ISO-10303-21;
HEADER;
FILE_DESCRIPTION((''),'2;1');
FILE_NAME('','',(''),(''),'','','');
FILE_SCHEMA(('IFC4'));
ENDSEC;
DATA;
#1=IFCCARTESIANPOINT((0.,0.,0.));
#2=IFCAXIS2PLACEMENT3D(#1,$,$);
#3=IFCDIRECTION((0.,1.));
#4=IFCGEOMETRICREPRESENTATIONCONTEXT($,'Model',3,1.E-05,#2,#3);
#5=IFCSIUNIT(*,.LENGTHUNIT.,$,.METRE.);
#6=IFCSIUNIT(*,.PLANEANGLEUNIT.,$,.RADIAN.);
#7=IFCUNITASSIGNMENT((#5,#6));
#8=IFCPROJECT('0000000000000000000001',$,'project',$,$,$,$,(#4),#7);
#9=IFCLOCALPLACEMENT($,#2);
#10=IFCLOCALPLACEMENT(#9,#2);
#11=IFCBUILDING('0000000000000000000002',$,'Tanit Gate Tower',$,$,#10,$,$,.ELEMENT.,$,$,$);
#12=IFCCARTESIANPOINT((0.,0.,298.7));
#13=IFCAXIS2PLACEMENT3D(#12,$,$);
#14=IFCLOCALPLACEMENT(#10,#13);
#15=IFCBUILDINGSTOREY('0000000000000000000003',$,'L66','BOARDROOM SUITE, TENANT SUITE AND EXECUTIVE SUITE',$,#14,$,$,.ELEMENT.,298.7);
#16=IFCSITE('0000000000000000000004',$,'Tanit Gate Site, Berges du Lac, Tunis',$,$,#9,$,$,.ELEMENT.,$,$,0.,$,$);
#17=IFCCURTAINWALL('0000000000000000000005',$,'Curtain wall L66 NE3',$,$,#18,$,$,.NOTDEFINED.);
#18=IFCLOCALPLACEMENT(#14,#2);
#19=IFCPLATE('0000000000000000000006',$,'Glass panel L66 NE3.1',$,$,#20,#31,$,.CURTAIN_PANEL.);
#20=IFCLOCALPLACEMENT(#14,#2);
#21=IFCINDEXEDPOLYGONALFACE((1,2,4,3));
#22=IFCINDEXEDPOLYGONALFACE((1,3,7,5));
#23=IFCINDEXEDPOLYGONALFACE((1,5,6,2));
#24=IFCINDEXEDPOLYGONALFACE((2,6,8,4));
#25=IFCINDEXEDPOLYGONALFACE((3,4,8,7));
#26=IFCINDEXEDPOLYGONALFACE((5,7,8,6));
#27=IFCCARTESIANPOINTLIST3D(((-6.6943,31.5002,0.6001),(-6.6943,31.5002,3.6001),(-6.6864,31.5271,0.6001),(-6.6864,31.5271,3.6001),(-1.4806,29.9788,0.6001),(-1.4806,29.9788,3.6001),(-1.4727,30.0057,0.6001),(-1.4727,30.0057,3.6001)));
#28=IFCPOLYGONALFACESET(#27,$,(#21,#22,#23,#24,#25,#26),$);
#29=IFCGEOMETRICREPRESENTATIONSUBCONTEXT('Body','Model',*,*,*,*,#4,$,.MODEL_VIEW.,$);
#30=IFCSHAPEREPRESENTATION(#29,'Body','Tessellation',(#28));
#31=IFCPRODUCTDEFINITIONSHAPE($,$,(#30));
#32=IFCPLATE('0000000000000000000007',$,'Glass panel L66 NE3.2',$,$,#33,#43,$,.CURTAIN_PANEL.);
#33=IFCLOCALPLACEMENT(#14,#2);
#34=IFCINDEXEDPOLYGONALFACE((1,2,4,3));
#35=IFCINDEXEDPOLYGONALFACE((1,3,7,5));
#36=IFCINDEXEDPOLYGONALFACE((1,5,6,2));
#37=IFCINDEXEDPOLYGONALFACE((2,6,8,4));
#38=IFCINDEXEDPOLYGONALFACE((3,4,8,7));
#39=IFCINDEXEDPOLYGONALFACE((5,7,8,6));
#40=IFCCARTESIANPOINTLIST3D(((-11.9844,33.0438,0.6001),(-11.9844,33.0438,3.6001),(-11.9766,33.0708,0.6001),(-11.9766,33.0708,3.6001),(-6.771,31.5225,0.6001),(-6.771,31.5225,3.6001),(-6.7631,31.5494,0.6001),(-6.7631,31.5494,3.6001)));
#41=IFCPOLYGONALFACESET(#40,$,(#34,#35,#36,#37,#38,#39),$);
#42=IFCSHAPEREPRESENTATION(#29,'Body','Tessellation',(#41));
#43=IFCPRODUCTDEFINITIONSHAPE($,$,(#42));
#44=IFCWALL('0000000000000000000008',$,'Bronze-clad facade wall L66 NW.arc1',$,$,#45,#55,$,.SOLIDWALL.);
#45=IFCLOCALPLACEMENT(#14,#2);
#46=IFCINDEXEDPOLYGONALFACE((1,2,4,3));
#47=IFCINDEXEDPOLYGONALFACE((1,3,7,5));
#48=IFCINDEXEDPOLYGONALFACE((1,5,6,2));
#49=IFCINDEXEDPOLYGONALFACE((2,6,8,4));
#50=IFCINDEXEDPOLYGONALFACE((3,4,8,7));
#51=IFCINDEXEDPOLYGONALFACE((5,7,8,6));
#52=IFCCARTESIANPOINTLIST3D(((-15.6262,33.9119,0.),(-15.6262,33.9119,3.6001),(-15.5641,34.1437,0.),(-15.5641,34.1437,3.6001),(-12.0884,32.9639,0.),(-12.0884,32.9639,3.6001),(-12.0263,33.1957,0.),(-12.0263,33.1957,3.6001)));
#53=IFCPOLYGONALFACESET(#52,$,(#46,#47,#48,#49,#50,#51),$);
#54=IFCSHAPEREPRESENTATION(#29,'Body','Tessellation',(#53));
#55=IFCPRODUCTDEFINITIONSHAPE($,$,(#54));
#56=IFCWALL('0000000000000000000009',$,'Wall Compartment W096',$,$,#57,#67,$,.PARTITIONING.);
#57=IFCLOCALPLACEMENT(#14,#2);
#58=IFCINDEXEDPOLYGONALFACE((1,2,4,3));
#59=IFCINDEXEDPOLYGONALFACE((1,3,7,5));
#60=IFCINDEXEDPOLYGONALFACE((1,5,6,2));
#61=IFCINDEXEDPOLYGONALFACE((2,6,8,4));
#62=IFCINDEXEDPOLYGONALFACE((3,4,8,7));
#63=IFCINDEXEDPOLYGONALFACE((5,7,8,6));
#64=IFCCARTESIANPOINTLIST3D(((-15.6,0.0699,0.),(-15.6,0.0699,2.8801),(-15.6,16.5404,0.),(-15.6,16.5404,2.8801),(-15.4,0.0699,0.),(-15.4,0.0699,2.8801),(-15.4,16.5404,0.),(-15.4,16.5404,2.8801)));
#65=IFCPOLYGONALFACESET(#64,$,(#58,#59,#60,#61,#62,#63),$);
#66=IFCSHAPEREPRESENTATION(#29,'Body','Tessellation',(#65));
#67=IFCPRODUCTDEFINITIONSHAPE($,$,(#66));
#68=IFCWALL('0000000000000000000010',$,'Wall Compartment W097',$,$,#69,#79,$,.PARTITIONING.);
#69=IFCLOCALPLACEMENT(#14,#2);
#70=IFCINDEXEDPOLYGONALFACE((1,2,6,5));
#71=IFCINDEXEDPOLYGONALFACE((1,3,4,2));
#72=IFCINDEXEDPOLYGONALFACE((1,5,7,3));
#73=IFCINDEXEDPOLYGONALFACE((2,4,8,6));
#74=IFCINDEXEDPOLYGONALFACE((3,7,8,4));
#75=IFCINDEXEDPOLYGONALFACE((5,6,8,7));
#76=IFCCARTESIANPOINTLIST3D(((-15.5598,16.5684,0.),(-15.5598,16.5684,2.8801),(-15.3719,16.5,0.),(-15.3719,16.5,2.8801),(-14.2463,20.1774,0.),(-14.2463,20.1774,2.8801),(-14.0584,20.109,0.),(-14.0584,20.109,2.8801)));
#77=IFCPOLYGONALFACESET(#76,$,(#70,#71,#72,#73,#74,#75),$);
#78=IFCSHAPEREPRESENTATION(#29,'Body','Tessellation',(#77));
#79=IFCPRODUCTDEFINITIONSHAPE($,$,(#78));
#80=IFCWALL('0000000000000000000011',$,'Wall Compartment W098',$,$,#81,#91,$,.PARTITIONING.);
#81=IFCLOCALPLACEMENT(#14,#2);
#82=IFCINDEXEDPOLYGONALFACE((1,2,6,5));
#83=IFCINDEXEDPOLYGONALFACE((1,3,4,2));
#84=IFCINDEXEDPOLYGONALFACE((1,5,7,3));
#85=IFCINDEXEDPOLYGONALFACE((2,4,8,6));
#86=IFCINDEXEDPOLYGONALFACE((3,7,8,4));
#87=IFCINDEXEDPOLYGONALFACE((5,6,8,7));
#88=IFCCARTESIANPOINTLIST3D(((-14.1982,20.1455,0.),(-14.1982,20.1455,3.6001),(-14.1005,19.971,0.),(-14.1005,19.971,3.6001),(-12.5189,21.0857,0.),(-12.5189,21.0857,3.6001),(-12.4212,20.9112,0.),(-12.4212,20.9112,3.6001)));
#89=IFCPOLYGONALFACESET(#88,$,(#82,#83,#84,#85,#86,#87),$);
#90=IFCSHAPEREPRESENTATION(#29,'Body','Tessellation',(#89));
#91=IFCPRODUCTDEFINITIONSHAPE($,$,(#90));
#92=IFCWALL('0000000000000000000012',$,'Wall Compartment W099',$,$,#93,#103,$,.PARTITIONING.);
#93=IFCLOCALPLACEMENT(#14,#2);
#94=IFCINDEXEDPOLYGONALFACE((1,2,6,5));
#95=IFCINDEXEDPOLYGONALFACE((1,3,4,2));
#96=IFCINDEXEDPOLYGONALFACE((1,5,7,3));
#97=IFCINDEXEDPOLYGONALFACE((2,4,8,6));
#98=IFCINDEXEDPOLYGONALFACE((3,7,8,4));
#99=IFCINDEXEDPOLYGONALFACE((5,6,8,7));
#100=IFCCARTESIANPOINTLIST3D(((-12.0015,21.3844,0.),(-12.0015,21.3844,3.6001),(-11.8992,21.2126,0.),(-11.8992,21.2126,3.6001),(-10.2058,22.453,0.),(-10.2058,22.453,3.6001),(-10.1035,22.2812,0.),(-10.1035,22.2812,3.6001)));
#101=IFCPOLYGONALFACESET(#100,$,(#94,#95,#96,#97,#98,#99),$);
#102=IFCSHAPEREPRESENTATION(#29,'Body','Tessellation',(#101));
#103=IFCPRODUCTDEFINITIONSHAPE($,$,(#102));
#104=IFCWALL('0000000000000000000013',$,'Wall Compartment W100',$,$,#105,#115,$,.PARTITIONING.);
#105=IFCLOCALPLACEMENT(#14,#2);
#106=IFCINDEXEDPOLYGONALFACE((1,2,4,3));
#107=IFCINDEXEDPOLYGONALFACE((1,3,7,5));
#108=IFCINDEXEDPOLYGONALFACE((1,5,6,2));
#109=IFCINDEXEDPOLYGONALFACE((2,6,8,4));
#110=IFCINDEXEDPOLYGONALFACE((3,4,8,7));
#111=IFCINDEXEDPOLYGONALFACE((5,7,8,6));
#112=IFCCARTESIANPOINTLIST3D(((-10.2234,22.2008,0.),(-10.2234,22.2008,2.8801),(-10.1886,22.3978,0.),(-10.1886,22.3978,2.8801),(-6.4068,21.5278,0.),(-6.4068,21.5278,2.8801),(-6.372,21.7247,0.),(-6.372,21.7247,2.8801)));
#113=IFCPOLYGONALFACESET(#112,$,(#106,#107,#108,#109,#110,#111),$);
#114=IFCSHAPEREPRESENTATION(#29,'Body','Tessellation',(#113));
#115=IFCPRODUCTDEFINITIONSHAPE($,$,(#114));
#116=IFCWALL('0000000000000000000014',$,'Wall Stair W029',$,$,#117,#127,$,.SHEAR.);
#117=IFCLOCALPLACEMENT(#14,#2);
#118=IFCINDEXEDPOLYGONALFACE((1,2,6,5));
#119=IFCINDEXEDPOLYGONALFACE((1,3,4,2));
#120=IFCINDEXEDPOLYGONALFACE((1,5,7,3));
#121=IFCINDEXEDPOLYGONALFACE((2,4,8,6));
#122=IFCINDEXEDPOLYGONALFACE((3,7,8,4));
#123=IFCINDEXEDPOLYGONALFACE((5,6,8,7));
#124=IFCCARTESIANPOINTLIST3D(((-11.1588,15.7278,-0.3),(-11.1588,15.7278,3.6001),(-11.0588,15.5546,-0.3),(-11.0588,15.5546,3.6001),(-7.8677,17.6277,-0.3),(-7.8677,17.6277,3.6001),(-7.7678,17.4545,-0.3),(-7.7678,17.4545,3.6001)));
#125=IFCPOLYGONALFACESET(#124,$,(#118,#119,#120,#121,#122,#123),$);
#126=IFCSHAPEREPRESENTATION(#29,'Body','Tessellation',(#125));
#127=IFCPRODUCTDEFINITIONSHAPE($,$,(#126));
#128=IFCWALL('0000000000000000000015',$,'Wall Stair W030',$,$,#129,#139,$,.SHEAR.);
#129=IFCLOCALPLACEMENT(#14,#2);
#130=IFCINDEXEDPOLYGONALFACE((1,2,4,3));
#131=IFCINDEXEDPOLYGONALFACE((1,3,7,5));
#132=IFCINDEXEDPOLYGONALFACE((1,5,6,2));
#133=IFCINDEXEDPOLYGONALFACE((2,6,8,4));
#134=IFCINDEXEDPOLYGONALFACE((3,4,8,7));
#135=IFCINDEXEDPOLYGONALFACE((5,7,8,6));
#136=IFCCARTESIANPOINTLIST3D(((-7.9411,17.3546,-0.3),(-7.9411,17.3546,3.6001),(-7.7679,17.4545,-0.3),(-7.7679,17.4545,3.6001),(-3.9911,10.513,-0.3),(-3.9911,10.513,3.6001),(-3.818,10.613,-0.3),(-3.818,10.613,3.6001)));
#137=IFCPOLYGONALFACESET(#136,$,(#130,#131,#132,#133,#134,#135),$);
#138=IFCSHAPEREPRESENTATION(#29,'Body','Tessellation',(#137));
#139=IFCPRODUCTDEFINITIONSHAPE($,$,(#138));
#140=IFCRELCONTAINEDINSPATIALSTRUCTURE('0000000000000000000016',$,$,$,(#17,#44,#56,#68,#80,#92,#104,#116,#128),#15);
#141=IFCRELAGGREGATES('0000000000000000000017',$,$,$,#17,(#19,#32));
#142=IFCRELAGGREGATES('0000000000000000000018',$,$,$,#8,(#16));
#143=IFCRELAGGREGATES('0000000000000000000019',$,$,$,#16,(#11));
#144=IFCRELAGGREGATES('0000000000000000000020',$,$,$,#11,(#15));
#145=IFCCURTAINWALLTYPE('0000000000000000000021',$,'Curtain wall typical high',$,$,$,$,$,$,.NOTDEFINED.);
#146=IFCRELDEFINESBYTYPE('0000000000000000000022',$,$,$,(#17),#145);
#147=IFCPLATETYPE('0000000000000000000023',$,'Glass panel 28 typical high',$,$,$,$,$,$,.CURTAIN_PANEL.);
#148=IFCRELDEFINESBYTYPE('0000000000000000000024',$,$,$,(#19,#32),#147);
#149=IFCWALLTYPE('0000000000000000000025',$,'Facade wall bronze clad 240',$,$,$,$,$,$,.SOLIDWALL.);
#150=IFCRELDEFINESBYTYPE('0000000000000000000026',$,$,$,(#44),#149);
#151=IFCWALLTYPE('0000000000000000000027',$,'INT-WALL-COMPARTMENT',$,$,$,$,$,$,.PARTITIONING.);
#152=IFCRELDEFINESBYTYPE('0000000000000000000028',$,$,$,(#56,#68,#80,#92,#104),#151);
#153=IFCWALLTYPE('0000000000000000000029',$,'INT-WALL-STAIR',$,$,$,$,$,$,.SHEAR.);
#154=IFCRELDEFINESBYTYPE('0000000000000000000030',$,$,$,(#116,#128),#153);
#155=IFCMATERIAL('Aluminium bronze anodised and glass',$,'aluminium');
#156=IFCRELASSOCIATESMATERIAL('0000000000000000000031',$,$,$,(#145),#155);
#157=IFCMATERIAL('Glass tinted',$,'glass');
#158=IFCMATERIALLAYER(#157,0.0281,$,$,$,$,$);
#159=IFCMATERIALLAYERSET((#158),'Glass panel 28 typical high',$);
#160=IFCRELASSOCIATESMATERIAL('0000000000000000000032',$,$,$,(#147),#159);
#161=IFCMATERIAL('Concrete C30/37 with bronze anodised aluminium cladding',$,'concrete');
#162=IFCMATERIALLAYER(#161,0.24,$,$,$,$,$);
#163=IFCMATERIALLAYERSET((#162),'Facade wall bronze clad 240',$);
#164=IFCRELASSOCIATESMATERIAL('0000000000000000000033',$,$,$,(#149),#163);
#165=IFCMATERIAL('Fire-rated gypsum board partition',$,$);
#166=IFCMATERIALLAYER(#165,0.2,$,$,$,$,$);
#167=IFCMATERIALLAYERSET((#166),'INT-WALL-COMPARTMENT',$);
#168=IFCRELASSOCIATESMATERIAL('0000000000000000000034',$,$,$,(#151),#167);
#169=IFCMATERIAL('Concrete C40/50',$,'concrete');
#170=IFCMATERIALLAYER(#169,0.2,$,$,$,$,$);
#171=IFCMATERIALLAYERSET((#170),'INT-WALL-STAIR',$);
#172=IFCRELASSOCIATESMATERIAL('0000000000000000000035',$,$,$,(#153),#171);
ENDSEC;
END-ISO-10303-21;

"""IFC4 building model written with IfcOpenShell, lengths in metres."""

from ifc_helpers import new_model, si_unit, direction, frame, frame_2d, origin, origin_2d, place, context, subcontext, project, spatial, rectangle, extrude, material, layer, layer_set, type_object, element, aggregate, save


model = new_model("IFC4")

# Units and contexts
model_context = context("Model", 3, precision=1e-05, world=origin(), true_north=direction((0.0, 1.0)))
body_context = subcontext(model_context, "Body", "Model", "MODEL_VIEW")
ifc_project = project(units=[si_unit("LENGTHUNIT", "METRE"), si_unit("PLANEANGLEUNIT", "RADIAN")], contexts=[model_context])

# Site, building, storey
site_placement = place(None, origin())
site = spatial("IfcSite", under=ifc_project, at=site_placement, Name="Tanit Gate Site, Berges du Lac, Tunis", CompositionType="ELEMENT", RefElevation=0.0)
building_placement = place(site_placement, origin())
building = spatial("IfcBuilding", under=site, at=building_placement, Name="Tanit Gate Tower", CompositionType="ELEMENT")
storey_placement = place(building_placement, frame((0.0, 0.0, 298.7)))
storey = spatial("IfcBuildingStorey", under=building, at=storey_placement, Name="L66", Description="BOARDROOM SUITE, TENANT SUITE AND EXECUTIVE SUITE", CompositionType="ELEMENT", Elevation=298.7)

# Curtain wall
ifc_material_1 = material(Name="Aluminium bronze anodised and glass", Category="aluminium")
curtain_wall_type = type_object("IfcCurtainWallType", Name="Curtain wall typical high", PredefinedType="NOTDEFINED", material=ifc_material_1)
curtain_wall_placement = place(storey_placement, origin())
curtain_wall = element("IfcCurtainWall", 1, at=curtain_wall_placement, inside=storey, type_object=curtain_wall_type, Name="Curtain wall L66 NE3", PredefinedType="NOTDEFINED")

# Plates
ifc_material_2 = material(Name="Glass tinted", Category="glass")
ifc_layer_1 = layer(ifc_material_2, 0.0281)
ifc_layer_set_1 = layer_set([ifc_layer_1], Name="Glass panel 28 typical high")
plate_type = type_object("IfcPlateType", Name="Glass panel 28 typical high", PredefinedType="CURTAIN_PANEL", material=ifc_layer_set_1)
plate_1_placement = place(storey_placement, frame((-4.0835, 30.7529, 0.6001), z_axis=(0.0, 0.0, 1.0), x_axis=(-0.959964, 0.280124, 0.0)))
plate_1 = element("IfcPlate", 2, at=plate_1_placement, type_object=plate_type, Name="Glass panel L66 NE3.1", PredefinedType="CURTAIN_PANEL", context=body_context, shape_type="SweptSolid", body=[
    extrude(rectangle(XDim=5.4312, YDim=0.0281, at=origin_2d()), origin(), (0.0, 0.0, 1.0), 3.0),
])
plate_2_placement = place(storey_placement, frame((-9.3738, 32.2966, 0.6001), z_axis=(0.0, 0.0, 1.0), x_axis=(-0.959964, 0.280124, 0.0)))
plate_2 = element("IfcPlate", 3, at=plate_2_placement, type_object=plate_type, Name="Glass panel L66 NE3.2", PredefinedType="CURTAIN_PANEL", context=body_context, shape_type="SweptSolid", body=[
    extrude(rectangle(XDim=5.4309, YDim=0.0281, at=origin_2d()), origin(), (0.0, 0.0, 1.0), 3.0),
])
aggregate(curtain_wall, [plate_1, plate_2])

# Walls
ifc_material_3 = material(Name="Concrete C30/37 with bronze anodised aluminium cladding", Category="concrete")
ifc_layer_2 = layer(ifc_material_3, 0.24)
ifc_layer_set_2 = layer_set([ifc_layer_2], Name="Facade wall bronze clad 240")
wall_type_1 = type_object("IfcWallType", Name="Facade wall bronze clad 240", PredefinedType="SOLIDWALL", material=ifc_layer_set_2)
wall_1_placement = place(storey_placement, frame((-12.0574, 33.0798, 0.0), z_axis=(0.0, 0.0, 1.0), x_axis=(-0.965923, 0.258828, 0.0)))
element("IfcWall", 4, at=wall_1_placement, inside=storey, type_object=wall_type_1, Name="Bronze-clad facade wall L66 NW.arc1", PredefinedType="SOLIDWALL", context=body_context, shape_type="SweptSolid", body=[
    extrude(rectangle(XDim=3.6626, YDim=0.24, at=frame_2d((1.8313, 0.0))), origin(), (0.0, 0.0, 1.0), 3.6001),
])
ifc_material_4 = material(Name="Fire-rated gypsum board partition")
ifc_layer_3 = layer(ifc_material_4, 0.2)
ifc_layer_set_3 = layer_set([ifc_layer_3], Name="INT-WALL-COMPARTMENT")
wall_type_2 = type_object("IfcWallType", Name="INT-WALL-COMPARTMENT", PredefinedType="PARTITIONING", material=ifc_layer_set_3)
wall_2_placement = place(storey_placement, frame((-15.5, 16.5405, 0.0), z_axis=(0.0, 0.0, 1.0), x_axis=(0.0, -1.0, 0.0)))
element("IfcWall", 5, at=wall_2_placement, inside=storey, type_object=wall_type_2, Name="Wall Compartment W096", PredefinedType="PARTITIONING", context=body_context, shape_type="SweptSolid", body=[
    extrude(rectangle(XDim=16.4705, YDim=0.2, at=frame_2d((8.2354, 0.0))), origin(), (0.0, 0.0, 1.0), 2.8801),
])
wall_3_placement = place(storey_placement, frame((-14.1523, 20.1433, 0.0), z_axis=(0.0, 0.0, 1.0), x_axis=(-0.342008, -0.939697, 0.0)))
element("IfcWall", 6, at=wall_3_placement, inside=storey, type_object=wall_type_2, Name="Wall Compartment W097", PredefinedType="PARTITIONING", context=body_context, shape_type="SweptSolid", body=[
    extrude(rectangle(XDim=3.8406, YDim=0.2, at=frame_2d((1.9204, 0.0))), origin(), (0.0, 0.0, 1.0), 2.8801),
])
wall_4_placement = place(storey_placement, frame((-12.47, 20.9985, 0.0), z_axis=(0.0, 0.0, 1.0), x_axis=(-0.872543, -0.488538, 0.0)))
element("IfcWall", 7, at=wall_4_placement, inside=storey, type_object=wall_type_2, Name="Wall Compartment W098", PredefinedType="PARTITIONING", context=body_context, shape_type="SweptSolid", body=[
    extrude(rectangle(XDim=1.9246, YDim=0.2, at=frame_2d((0.9624, 0.0))), origin(), (0.0, 0.0, 1.0), 3.6001),
])
wall_5_placement = place(storey_placement, frame((-10.1545, 22.3672, 0.0), z_axis=(0.0, 0.0, 1.0), x_axis=(-0.859343, -0.5114, 0.0)))
element("IfcWall", 8, at=wall_5_placement, inside=storey, type_object=wall_type_2, Name="Wall Compartment W099", PredefinedType="PARTITIONING", context=body_context, shape_type="SweptSolid", body=[
    extrude(rectangle(XDim=2.0896, YDim=0.2, at=frame_2d((1.0449, 0.0))), origin(), (0.0, 0.0, 1.0), 3.6001),
])
wall_6_placement = place(storey_placement, frame((-6.3894, 21.6262, 0.0), z_axis=(0.0, 0.0, 1.0), x_axis=(-0.984803, 0.173678, 0.0)))
element("IfcWall", 9, at=wall_6_placement, inside=storey, type_object=wall_type_2, Name="Wall Compartment W100", PredefinedType="PARTITIONING", context=body_context, shape_type="SweptSolid", body=[
    extrude(rectangle(XDim=3.8755, YDim=0.2, at=frame_2d((1.9377, 0.0))), origin(), (0.0, 0.0, 1.0), 2.8801),
])
ifc_material_5 = material(Name="Concrete C40/50", Category="concrete")
ifc_layer_4 = layer(ifc_material_5, 0.2)
ifc_layer_set_4 = layer_set([ifc_layer_4], Name="INT-WALL-STAIR")
wall_type_3 = type_object("IfcWallType", Name="INT-WALL-STAIR", PredefinedType="SHEAR", material=ifc_layer_set_4)
wall_7_placement = place(storey_placement, frame((-7.8179, 17.541, -0.3), z_axis=(0.0, 0.0, 1.0), x_axis=(-0.866044, -0.499967, 0.0)))
element("IfcWall", 10, at=wall_7_placement, inside=storey, type_object=wall_type_3, Name="Wall Stair W029", PredefinedType="SHEAR", context=body_context, shape_type="SweptSolid", body=[
    extrude(rectangle(XDim=3.8, YDim=0.2, at=frame_2d((1.8999, 0.0))), origin(), (0.0, 0.0, 1.0), 3.9001),
])
wall_8_placement = place(storey_placement, frame((-7.8545, 17.4045, -0.3), z_axis=(0.0, 0.0, 1.0), x_axis=(0.499998, -0.866027, 0.0)))
element("IfcWall", 11, at=wall_8_placement, inside=storey, type_object=wall_type_3, Name="Wall Stair W030", PredefinedType="SHEAR", context=body_context, shape_type="SweptSolid", body=[
    extrude(rectangle(XDim=7.8999, YDim=0.2, at=frame_2d((3.95, 0.0))), origin(), (0.0, 0.0, 1.0), 3.9001),
])

save(model, "model.ifc")
